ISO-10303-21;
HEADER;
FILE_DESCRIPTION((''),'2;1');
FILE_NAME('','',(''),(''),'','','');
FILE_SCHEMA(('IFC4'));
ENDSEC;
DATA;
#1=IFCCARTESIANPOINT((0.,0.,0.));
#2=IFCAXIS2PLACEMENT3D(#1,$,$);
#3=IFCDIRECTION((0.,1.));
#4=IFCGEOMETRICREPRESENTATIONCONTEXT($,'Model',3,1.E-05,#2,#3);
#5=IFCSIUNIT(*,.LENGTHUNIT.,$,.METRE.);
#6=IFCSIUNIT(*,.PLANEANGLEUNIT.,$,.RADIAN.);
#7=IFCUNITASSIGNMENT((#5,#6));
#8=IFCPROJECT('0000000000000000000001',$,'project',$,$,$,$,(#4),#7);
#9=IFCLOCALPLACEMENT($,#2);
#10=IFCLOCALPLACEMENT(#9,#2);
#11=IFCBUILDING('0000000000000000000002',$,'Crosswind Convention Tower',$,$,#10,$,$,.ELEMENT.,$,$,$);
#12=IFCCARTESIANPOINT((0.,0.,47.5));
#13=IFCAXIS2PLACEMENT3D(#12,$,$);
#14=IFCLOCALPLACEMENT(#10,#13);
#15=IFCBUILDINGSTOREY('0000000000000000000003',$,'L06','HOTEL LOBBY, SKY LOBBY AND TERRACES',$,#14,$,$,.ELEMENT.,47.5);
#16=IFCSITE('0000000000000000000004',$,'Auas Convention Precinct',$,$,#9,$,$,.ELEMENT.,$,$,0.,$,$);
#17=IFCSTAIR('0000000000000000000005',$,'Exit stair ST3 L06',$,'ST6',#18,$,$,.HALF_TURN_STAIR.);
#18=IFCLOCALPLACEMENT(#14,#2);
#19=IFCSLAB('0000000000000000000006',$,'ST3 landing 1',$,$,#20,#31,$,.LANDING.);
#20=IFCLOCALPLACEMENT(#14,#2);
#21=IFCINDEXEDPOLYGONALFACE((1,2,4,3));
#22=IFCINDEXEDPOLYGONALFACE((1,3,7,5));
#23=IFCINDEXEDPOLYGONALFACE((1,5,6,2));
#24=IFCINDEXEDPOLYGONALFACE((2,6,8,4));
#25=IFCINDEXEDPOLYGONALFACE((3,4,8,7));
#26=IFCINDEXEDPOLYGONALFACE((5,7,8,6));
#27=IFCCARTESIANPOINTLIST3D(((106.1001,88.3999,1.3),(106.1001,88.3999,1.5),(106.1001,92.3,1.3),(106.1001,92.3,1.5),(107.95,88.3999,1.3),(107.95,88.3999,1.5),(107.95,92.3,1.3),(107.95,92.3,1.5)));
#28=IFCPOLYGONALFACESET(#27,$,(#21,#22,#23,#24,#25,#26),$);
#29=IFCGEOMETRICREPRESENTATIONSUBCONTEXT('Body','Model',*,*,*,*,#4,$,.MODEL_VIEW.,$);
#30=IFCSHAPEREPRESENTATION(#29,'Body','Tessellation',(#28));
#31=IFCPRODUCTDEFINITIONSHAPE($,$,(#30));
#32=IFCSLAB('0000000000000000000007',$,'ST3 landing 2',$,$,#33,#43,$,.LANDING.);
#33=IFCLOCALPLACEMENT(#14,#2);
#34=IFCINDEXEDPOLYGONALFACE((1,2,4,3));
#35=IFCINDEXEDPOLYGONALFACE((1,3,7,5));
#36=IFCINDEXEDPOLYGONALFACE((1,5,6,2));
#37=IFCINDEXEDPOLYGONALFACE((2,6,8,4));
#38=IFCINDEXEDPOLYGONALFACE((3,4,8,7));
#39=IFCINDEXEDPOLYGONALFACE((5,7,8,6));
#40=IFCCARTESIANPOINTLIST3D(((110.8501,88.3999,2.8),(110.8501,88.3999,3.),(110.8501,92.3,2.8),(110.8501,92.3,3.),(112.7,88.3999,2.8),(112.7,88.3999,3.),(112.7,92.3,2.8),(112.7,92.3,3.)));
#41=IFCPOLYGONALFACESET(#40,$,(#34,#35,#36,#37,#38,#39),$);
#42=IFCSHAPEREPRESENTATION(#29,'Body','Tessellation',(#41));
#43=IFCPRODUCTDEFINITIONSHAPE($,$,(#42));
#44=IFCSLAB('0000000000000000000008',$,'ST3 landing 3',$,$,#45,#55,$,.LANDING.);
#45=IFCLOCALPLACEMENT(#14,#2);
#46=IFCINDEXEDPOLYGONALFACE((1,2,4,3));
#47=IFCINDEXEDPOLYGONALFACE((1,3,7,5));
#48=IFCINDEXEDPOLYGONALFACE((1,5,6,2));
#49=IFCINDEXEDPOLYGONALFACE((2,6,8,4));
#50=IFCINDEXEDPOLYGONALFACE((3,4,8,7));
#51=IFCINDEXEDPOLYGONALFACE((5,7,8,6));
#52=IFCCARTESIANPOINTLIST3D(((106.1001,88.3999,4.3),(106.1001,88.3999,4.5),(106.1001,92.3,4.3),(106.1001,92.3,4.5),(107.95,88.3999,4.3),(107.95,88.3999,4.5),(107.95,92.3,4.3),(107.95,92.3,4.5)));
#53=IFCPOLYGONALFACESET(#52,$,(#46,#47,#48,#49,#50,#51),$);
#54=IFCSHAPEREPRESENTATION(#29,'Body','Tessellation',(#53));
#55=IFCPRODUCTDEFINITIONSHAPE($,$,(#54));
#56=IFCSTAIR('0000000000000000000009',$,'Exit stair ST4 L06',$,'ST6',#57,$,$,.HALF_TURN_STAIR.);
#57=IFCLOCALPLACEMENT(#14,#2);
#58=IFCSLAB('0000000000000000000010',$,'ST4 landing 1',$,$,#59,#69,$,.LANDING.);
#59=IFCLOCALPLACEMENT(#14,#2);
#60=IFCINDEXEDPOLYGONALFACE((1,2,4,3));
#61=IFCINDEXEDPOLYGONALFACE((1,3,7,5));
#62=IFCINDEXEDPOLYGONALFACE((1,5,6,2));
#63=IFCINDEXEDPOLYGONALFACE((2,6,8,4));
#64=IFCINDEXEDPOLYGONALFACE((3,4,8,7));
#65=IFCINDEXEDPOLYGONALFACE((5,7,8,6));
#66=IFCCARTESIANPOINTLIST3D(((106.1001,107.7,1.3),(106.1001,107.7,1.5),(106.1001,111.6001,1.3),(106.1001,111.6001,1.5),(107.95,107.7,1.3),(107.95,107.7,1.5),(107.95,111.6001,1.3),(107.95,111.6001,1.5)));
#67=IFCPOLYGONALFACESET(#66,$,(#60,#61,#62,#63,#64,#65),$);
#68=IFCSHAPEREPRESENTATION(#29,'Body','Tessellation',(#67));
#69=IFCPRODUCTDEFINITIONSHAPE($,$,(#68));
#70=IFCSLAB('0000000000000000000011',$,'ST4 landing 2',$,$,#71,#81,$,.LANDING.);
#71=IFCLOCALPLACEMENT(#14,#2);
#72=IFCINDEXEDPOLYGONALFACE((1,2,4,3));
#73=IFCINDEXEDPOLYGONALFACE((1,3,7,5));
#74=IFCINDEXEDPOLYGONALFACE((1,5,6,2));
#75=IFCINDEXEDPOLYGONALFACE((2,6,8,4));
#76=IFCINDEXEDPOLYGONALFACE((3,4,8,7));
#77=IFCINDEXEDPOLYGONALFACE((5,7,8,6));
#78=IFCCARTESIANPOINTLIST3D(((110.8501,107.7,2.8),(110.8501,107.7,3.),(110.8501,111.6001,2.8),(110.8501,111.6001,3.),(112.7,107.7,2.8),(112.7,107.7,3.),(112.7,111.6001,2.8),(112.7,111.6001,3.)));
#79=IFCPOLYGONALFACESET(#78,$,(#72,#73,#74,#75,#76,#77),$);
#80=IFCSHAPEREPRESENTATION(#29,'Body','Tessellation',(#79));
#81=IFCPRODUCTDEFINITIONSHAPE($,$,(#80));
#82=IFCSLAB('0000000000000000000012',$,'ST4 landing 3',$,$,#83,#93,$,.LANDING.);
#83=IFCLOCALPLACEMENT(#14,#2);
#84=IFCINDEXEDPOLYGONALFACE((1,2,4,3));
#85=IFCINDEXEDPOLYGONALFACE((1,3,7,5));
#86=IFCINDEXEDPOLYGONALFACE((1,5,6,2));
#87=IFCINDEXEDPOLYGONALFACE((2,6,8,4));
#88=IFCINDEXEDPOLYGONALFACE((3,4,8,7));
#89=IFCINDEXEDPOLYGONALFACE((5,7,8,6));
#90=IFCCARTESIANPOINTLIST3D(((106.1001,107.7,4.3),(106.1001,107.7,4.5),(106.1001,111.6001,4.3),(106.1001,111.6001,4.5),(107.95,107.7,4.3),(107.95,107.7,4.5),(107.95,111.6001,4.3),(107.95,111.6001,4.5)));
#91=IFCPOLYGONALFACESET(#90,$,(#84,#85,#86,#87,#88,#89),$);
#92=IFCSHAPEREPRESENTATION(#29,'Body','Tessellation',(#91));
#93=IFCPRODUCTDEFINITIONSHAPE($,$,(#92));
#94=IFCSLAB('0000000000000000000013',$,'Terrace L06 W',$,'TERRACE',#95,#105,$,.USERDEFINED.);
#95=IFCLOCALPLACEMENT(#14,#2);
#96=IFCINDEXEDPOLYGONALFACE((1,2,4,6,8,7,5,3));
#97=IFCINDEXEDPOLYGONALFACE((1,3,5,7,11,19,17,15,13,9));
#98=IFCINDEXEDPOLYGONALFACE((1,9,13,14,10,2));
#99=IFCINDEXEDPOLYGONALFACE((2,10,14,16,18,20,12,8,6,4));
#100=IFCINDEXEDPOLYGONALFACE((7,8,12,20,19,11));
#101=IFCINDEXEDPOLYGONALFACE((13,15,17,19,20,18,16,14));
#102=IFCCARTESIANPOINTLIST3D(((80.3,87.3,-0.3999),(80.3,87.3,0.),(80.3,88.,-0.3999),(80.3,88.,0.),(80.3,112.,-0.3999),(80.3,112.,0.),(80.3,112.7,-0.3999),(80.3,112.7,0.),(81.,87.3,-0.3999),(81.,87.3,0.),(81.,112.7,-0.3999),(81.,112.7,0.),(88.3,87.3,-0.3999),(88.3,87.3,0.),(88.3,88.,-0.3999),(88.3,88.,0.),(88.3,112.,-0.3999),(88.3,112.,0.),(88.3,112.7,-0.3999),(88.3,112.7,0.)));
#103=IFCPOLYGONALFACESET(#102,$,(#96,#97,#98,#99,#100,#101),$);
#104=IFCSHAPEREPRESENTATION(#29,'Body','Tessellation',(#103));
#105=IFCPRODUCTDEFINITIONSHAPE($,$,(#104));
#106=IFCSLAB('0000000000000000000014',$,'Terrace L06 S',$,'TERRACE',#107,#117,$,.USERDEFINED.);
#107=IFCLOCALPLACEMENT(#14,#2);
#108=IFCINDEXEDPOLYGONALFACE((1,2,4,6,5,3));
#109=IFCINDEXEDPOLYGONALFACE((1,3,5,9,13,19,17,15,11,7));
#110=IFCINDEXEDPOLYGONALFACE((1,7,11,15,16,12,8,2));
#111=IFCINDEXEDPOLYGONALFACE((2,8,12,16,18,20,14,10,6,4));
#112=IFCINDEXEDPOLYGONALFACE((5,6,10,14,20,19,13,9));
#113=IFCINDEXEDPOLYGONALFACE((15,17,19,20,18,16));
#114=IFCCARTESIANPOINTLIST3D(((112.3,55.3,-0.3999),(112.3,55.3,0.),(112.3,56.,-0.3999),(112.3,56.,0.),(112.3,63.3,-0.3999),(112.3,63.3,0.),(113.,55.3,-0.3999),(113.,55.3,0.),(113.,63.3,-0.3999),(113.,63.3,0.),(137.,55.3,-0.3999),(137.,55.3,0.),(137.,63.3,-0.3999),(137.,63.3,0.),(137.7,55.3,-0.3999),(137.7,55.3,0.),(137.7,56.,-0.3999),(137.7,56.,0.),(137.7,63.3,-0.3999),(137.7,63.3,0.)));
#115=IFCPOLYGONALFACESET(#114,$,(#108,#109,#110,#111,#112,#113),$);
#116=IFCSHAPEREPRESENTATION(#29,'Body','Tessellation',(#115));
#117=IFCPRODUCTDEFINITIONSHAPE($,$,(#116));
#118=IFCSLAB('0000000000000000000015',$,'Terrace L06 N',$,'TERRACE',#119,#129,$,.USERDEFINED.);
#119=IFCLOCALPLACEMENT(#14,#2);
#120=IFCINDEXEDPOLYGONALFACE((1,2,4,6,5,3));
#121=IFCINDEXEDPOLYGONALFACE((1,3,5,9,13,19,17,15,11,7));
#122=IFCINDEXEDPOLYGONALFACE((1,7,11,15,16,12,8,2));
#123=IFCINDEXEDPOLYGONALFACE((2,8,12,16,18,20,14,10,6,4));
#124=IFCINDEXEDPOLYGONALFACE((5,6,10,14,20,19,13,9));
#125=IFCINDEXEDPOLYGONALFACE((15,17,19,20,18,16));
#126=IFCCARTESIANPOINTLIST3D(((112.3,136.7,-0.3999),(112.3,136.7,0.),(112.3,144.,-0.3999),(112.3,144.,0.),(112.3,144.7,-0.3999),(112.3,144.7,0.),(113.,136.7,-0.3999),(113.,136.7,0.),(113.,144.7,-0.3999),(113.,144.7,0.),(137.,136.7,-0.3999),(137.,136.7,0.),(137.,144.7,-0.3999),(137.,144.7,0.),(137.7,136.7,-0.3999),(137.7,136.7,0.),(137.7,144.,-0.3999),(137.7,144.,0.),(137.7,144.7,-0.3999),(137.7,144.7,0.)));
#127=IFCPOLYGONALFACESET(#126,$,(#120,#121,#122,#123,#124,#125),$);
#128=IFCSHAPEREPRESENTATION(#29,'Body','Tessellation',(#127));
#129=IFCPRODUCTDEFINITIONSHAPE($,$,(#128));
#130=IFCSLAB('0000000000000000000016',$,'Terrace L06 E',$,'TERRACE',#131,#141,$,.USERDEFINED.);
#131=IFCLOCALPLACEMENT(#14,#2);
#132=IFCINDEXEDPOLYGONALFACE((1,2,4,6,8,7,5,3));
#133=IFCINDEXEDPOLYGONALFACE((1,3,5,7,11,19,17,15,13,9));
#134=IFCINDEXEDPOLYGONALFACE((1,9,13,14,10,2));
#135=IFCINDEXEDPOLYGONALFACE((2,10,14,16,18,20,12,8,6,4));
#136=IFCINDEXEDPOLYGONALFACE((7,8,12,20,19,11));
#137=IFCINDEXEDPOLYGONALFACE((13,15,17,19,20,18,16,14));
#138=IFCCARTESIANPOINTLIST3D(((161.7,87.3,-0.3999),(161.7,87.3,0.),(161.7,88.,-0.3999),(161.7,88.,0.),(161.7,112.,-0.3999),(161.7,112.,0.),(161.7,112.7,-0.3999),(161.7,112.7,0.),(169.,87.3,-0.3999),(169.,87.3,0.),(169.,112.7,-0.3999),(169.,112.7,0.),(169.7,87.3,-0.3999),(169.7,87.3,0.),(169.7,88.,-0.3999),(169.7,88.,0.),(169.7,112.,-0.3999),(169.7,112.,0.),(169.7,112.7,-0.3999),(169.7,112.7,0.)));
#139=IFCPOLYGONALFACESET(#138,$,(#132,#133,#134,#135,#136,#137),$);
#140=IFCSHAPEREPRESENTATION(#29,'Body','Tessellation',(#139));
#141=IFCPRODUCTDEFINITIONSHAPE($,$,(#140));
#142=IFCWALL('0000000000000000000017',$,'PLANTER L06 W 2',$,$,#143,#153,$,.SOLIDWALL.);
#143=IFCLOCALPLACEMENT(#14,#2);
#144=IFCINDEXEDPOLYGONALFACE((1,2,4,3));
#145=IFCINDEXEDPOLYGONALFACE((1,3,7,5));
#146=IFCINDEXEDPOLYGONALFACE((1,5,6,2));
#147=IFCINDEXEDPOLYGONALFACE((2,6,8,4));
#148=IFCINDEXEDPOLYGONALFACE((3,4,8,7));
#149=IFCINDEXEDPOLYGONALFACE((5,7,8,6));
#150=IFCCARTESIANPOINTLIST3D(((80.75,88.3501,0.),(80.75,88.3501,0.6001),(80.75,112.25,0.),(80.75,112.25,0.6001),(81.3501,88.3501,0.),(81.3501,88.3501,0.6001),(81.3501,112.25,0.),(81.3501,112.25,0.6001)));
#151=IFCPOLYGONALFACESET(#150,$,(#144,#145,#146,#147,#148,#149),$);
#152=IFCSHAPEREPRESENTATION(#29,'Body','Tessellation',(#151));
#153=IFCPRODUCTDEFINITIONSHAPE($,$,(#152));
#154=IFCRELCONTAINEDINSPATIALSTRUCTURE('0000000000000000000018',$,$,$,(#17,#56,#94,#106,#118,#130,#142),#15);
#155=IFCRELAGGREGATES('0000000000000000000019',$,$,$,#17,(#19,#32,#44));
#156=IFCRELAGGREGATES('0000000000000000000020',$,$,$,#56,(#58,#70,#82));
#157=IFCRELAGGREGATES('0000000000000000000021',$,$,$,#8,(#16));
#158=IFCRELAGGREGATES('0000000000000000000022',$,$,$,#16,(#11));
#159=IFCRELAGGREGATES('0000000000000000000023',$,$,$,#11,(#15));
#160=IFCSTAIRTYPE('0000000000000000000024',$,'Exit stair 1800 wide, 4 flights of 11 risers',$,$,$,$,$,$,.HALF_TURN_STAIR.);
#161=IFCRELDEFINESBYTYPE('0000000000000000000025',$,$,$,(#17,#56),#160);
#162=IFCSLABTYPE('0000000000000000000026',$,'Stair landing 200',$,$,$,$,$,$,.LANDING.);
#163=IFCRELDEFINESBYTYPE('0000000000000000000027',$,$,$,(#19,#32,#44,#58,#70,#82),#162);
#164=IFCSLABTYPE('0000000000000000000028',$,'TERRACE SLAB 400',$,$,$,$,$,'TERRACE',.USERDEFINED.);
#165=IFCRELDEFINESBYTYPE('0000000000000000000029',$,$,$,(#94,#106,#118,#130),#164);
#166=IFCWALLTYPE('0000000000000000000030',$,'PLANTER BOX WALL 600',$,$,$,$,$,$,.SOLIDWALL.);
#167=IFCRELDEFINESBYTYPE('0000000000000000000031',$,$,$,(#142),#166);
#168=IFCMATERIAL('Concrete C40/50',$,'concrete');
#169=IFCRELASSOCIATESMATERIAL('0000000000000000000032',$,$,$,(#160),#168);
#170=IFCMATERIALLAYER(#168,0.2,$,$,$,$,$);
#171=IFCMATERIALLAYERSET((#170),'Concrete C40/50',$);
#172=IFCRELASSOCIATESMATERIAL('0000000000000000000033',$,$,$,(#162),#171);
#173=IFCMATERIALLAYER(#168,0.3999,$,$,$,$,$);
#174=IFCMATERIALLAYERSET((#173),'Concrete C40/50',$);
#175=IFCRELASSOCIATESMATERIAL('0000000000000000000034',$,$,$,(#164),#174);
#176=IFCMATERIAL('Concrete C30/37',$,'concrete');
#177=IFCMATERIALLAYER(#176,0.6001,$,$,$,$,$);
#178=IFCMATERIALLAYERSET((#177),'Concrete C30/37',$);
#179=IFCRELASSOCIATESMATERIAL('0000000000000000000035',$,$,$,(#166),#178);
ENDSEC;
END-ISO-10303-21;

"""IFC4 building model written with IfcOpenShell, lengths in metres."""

from ifc_helpers import new_model, si_unit, direction, frame, frame_2d, origin, place, context, subcontext, project, spatial, polyline, rectangle, outline, extrude, material, layer, layer_set, type_object, element, aggregate, save


model = new_model("IFC4")

# Units and contexts
model_context = context("Model", 3, precision=1e-05, world=origin(), true_north=direction((0.0, 1.0)))
body_context = subcontext(model_context, "Body", "Model", "MODEL_VIEW")
ifc_project = project(units=[si_unit("LENGTHUNIT", "METRE"), si_unit("PLANEANGLEUNIT", "RADIAN")], contexts=[model_context])

# Site, building, storey
site_placement = place(None, origin())
site = spatial("IfcSite", under=ifc_project, at=site_placement, Name="Auas Convention Precinct", CompositionType="ELEMENT", RefElevation=0.0)
building_placement = place(site_placement, origin())
building = spatial("IfcBuilding", under=site, at=building_placement, Name="Crosswind Convention Tower", CompositionType="ELEMENT")
storey_placement = place(building_placement, frame((0.0, 0.0, 47.5)))
storey = spatial("IfcBuildingStorey", under=building, at=storey_placement, Name="L06", Description="HOTEL LOBBY, SKY LOBBY AND TERRACES", CompositionType="ELEMENT", Elevation=47.5)

# Shared definitions
ifc_material_1 = material(Name="Concrete C40/50", Category="concrete")

# Stairs, slabs
stair_type = type_object("IfcStairType", Name="Exit stair 1800 wide, 4 flights of 11 risers", PredefinedType="HALF_TURN_STAIR", material=ifc_material_1)
ifc_layer_1 = layer(ifc_material_1, 0.2)
ifc_layer_set_1 = layer_set([ifc_layer_1], Name="Concrete C40/50")
slab_type_1 = type_object("IfcSlabType", Name="Stair landing 200", PredefinedType="LANDING", material=ifc_layer_set_1)
stair_1_placement = place(storey_placement, origin())
stair_1 = element("IfcStair", 1, at=stair_1_placement, inside=storey, type_object=stair_type, Name="Exit stair ST3 L06", ObjectType="ST6", PredefinedType="HALF_TURN_STAIR")
slab_1_placement = place(storey_placement, frame((0.0, 0.0, 1.3)))
slab_1 = element("IfcSlab", 2, at=slab_1_placement, type_object=slab_type_1, Name="ST3 landing 1", PredefinedType="LANDING", context=body_context, shape_type="SweptSolid", body=[
    extrude(outline(polyline([(107.95, 88.3999), (107.95, 92.3), (106.1001, 92.3), (106.1001, 88.3999), (107.95, 88.3999)])), origin(), (0.0, 0.0, 1.0), 0.2),
])
slab_2_placement = place(storey_placement, frame((0.0, 0.0, 2.8)))
slab_2 = element("IfcSlab", 3, at=slab_2_placement, type_object=slab_type_1, Name="ST3 landing 2", PredefinedType="LANDING", context=body_context, shape_type="SweptSolid", body=[
    extrude(outline(polyline([(112.7, 88.3999), (112.7, 92.3), (110.8501, 92.3), (110.8501, 88.3999), (112.7, 88.3999)])), origin(), (0.0, 0.0, 1.0), 0.2),
])
slab_3_placement = place(storey_placement, frame((0.0, 0.0, 4.3)))
slab_3 = element("IfcSlab", 4, at=slab_3_placement, type_object=slab_type_1, Name="ST3 landing 3", PredefinedType="LANDING", context=body_context, shape_type="SweptSolid", body=[
    extrude(outline(polyline([(107.95, 88.3999), (107.95, 92.3), (106.1001, 92.3), (106.1001, 88.3999), (107.95, 88.3999)])), origin(), (0.0, 0.0, 1.0), 0.2),
])
aggregate(stair_1, [slab_1, slab_2, slab_3])
stair_2_placement = place(storey_placement, origin())
stair_2 = element("IfcStair", 5, at=stair_2_placement, inside=storey, type_object=stair_type, Name="Exit stair ST4 L06", ObjectType="ST6", PredefinedType="HALF_TURN_STAIR")
slab_4_placement = place(storey_placement, frame((0.0, 0.0, 1.3)))
slab_4 = element("IfcSlab", 6, at=slab_4_placement, type_object=slab_type_1, Name="ST4 landing 1", PredefinedType="LANDING", context=body_context, shape_type="SweptSolid", body=[
    extrude(outline(polyline([(107.95, 107.7), (107.95, 111.6001), (106.1001, 111.6001), (106.1001, 107.7), (107.95, 107.7)])), origin(), (0.0, 0.0, 1.0), 0.2),
])
slab_5_placement = place(storey_placement, frame((0.0, 0.0, 2.8)))
slab_5 = element("IfcSlab", 7, at=slab_5_placement, type_object=slab_type_1, Name="ST4 landing 2", PredefinedType="LANDING", context=body_context, shape_type="SweptSolid", body=[
    extrude(outline(polyline([(112.7, 107.7), (112.7, 111.6001), (110.8501, 111.6001), (110.8501, 107.7), (112.7, 107.7)])), origin(), (0.0, 0.0, 1.0), 0.2),
])
slab_6_placement = place(storey_placement, frame((0.0, 0.0, 4.3)))
slab_6 = element("IfcSlab", 8, at=slab_6_placement, type_object=slab_type_1, Name="ST4 landing 3", PredefinedType="LANDING", context=body_context, shape_type="SweptSolid", body=[
    extrude(outline(polyline([(107.95, 107.7), (107.95, 111.6001), (106.1001, 111.6001), (106.1001, 107.7), (107.95, 107.7)])), origin(), (0.0, 0.0, 1.0), 0.2),
])
aggregate(stair_2, [slab_4, slab_5, slab_6])

# Slabs
ifc_layer_2 = layer(ifc_material_1, 0.3999)
ifc_layer_set_2 = layer_set([ifc_layer_2], Name="Concrete C40/50")
slab_type_2 = type_object("IfcSlabType", Name="TERRACE SLAB 400", ElementType="TERRACE", PredefinedType="USERDEFINED", material=ifc_layer_set_2)
slab_7_placement = place(storey_placement, frame((0.0, 0.0, -0.3999)))
element("IfcSlab", 9, at=slab_7_placement, inside=storey, type_object=slab_type_2, Name="Terrace L06 W", ObjectType="TERRACE", PredefinedType="USERDEFINED", context=body_context, shape_type="SweptSolid", body=[
    extrude(outline(polyline([(80.3, 88.0), (80.3, 112.0), (80.3, 112.7), (81.0, 112.7), (88.3, 112.7), (88.3, 112.0), (88.3, 88.0), (88.3, 87.3), (81.0, 87.3), (80.3, 87.3), (80.3, 88.0)])), origin(), (0.0, 0.0, 1.0), 0.3999),
])
slab_8_placement = place(storey_placement, frame((0.0, 0.0, -0.3999)))
element("IfcSlab", 10, at=slab_8_placement, inside=storey, type_object=slab_type_2, Name="Terrace L06 S", ObjectType="TERRACE", PredefinedType="USERDEFINED", context=body_context, shape_type="SweptSolid", body=[
    extrude(outline(polyline([(137.0, 63.3), (137.7, 63.3), (137.7, 56.0), (137.7, 55.3), (137.0, 55.3), (113.0, 55.3), (112.3, 55.3), (112.3, 56.0), (112.3, 63.3), (113.0, 63.3), (137.0, 63.3)])), origin(), (0.0, 0.0, 1.0), 0.3999),
])
slab_9_placement = place(storey_placement, frame((0.0, 0.0, -0.3999)))
element("IfcSlab", 11, at=slab_9_placement, inside=storey, type_object=slab_type_2, Name="Terrace L06 N", ObjectType="TERRACE", PredefinedType="USERDEFINED", context=body_context, shape_type="SweptSolid", body=[
    extrude(outline(polyline([(113.0, 144.7), (137.0, 144.7), (137.7, 144.7), (137.7, 144.0), (137.7, 136.7), (137.0, 136.7), (113.0, 136.7), (112.3, 136.7), (112.3, 144.0), (112.3, 144.7), (113.0, 144.7)])), origin(), (0.0, 0.0, 1.0), 0.3999),
])
slab_10_placement = place(storey_placement, frame((0.0, 0.0, -0.3999)))
element("IfcSlab", 12, at=slab_10_placement, inside=storey, type_object=slab_type_2, Name="Terrace L06 E", ObjectType="TERRACE", PredefinedType="USERDEFINED", context=body_context, shape_type="SweptSolid", body=[
    extrude(outline(polyline([(169.7, 112.0), (169.7, 88.0), (169.7, 87.3), (169.0, 87.3), (161.7, 87.3), (161.7, 88.0), (161.7, 112.0), (161.7, 112.7), (169.0, 112.7), (169.7, 112.7), (169.7, 112.0)])), origin(), (0.0, 0.0, 1.0), 0.3999),
])

# Wall
ifc_material_2 = material(Name="Concrete C30/37", Category="concrete")
ifc_layer_3 = layer(ifc_material_2, 0.6001)
ifc_layer_set_3 = layer_set([ifc_layer_3], Name="Concrete C30/37")
wall_type = type_object("IfcWallType", Name="PLANTER BOX WALL 600", PredefinedType="SOLIDWALL", material=ifc_layer_set_3)
wall_placement = place(storey_placement, frame((81.05, 88.3501, 0.0), z_axis=(0.0, 0.0, 1.0), x_axis=(0.0, 1.0, 0.0)))
element("IfcWall", 13, at=wall_placement, inside=storey, type_object=wall_type, Name="PLANTER L06 W 2", PredefinedType="SOLIDWALL", context=body_context, shape_type="SweptSolid", body=[
    extrude(rectangle(XDim=23.8999, YDim=0.6001, at=frame_2d((11.95, 0.0))), origin(), (0.0, 0.0, 1.0), 0.6001),
])

save(model, "model.ifc")
